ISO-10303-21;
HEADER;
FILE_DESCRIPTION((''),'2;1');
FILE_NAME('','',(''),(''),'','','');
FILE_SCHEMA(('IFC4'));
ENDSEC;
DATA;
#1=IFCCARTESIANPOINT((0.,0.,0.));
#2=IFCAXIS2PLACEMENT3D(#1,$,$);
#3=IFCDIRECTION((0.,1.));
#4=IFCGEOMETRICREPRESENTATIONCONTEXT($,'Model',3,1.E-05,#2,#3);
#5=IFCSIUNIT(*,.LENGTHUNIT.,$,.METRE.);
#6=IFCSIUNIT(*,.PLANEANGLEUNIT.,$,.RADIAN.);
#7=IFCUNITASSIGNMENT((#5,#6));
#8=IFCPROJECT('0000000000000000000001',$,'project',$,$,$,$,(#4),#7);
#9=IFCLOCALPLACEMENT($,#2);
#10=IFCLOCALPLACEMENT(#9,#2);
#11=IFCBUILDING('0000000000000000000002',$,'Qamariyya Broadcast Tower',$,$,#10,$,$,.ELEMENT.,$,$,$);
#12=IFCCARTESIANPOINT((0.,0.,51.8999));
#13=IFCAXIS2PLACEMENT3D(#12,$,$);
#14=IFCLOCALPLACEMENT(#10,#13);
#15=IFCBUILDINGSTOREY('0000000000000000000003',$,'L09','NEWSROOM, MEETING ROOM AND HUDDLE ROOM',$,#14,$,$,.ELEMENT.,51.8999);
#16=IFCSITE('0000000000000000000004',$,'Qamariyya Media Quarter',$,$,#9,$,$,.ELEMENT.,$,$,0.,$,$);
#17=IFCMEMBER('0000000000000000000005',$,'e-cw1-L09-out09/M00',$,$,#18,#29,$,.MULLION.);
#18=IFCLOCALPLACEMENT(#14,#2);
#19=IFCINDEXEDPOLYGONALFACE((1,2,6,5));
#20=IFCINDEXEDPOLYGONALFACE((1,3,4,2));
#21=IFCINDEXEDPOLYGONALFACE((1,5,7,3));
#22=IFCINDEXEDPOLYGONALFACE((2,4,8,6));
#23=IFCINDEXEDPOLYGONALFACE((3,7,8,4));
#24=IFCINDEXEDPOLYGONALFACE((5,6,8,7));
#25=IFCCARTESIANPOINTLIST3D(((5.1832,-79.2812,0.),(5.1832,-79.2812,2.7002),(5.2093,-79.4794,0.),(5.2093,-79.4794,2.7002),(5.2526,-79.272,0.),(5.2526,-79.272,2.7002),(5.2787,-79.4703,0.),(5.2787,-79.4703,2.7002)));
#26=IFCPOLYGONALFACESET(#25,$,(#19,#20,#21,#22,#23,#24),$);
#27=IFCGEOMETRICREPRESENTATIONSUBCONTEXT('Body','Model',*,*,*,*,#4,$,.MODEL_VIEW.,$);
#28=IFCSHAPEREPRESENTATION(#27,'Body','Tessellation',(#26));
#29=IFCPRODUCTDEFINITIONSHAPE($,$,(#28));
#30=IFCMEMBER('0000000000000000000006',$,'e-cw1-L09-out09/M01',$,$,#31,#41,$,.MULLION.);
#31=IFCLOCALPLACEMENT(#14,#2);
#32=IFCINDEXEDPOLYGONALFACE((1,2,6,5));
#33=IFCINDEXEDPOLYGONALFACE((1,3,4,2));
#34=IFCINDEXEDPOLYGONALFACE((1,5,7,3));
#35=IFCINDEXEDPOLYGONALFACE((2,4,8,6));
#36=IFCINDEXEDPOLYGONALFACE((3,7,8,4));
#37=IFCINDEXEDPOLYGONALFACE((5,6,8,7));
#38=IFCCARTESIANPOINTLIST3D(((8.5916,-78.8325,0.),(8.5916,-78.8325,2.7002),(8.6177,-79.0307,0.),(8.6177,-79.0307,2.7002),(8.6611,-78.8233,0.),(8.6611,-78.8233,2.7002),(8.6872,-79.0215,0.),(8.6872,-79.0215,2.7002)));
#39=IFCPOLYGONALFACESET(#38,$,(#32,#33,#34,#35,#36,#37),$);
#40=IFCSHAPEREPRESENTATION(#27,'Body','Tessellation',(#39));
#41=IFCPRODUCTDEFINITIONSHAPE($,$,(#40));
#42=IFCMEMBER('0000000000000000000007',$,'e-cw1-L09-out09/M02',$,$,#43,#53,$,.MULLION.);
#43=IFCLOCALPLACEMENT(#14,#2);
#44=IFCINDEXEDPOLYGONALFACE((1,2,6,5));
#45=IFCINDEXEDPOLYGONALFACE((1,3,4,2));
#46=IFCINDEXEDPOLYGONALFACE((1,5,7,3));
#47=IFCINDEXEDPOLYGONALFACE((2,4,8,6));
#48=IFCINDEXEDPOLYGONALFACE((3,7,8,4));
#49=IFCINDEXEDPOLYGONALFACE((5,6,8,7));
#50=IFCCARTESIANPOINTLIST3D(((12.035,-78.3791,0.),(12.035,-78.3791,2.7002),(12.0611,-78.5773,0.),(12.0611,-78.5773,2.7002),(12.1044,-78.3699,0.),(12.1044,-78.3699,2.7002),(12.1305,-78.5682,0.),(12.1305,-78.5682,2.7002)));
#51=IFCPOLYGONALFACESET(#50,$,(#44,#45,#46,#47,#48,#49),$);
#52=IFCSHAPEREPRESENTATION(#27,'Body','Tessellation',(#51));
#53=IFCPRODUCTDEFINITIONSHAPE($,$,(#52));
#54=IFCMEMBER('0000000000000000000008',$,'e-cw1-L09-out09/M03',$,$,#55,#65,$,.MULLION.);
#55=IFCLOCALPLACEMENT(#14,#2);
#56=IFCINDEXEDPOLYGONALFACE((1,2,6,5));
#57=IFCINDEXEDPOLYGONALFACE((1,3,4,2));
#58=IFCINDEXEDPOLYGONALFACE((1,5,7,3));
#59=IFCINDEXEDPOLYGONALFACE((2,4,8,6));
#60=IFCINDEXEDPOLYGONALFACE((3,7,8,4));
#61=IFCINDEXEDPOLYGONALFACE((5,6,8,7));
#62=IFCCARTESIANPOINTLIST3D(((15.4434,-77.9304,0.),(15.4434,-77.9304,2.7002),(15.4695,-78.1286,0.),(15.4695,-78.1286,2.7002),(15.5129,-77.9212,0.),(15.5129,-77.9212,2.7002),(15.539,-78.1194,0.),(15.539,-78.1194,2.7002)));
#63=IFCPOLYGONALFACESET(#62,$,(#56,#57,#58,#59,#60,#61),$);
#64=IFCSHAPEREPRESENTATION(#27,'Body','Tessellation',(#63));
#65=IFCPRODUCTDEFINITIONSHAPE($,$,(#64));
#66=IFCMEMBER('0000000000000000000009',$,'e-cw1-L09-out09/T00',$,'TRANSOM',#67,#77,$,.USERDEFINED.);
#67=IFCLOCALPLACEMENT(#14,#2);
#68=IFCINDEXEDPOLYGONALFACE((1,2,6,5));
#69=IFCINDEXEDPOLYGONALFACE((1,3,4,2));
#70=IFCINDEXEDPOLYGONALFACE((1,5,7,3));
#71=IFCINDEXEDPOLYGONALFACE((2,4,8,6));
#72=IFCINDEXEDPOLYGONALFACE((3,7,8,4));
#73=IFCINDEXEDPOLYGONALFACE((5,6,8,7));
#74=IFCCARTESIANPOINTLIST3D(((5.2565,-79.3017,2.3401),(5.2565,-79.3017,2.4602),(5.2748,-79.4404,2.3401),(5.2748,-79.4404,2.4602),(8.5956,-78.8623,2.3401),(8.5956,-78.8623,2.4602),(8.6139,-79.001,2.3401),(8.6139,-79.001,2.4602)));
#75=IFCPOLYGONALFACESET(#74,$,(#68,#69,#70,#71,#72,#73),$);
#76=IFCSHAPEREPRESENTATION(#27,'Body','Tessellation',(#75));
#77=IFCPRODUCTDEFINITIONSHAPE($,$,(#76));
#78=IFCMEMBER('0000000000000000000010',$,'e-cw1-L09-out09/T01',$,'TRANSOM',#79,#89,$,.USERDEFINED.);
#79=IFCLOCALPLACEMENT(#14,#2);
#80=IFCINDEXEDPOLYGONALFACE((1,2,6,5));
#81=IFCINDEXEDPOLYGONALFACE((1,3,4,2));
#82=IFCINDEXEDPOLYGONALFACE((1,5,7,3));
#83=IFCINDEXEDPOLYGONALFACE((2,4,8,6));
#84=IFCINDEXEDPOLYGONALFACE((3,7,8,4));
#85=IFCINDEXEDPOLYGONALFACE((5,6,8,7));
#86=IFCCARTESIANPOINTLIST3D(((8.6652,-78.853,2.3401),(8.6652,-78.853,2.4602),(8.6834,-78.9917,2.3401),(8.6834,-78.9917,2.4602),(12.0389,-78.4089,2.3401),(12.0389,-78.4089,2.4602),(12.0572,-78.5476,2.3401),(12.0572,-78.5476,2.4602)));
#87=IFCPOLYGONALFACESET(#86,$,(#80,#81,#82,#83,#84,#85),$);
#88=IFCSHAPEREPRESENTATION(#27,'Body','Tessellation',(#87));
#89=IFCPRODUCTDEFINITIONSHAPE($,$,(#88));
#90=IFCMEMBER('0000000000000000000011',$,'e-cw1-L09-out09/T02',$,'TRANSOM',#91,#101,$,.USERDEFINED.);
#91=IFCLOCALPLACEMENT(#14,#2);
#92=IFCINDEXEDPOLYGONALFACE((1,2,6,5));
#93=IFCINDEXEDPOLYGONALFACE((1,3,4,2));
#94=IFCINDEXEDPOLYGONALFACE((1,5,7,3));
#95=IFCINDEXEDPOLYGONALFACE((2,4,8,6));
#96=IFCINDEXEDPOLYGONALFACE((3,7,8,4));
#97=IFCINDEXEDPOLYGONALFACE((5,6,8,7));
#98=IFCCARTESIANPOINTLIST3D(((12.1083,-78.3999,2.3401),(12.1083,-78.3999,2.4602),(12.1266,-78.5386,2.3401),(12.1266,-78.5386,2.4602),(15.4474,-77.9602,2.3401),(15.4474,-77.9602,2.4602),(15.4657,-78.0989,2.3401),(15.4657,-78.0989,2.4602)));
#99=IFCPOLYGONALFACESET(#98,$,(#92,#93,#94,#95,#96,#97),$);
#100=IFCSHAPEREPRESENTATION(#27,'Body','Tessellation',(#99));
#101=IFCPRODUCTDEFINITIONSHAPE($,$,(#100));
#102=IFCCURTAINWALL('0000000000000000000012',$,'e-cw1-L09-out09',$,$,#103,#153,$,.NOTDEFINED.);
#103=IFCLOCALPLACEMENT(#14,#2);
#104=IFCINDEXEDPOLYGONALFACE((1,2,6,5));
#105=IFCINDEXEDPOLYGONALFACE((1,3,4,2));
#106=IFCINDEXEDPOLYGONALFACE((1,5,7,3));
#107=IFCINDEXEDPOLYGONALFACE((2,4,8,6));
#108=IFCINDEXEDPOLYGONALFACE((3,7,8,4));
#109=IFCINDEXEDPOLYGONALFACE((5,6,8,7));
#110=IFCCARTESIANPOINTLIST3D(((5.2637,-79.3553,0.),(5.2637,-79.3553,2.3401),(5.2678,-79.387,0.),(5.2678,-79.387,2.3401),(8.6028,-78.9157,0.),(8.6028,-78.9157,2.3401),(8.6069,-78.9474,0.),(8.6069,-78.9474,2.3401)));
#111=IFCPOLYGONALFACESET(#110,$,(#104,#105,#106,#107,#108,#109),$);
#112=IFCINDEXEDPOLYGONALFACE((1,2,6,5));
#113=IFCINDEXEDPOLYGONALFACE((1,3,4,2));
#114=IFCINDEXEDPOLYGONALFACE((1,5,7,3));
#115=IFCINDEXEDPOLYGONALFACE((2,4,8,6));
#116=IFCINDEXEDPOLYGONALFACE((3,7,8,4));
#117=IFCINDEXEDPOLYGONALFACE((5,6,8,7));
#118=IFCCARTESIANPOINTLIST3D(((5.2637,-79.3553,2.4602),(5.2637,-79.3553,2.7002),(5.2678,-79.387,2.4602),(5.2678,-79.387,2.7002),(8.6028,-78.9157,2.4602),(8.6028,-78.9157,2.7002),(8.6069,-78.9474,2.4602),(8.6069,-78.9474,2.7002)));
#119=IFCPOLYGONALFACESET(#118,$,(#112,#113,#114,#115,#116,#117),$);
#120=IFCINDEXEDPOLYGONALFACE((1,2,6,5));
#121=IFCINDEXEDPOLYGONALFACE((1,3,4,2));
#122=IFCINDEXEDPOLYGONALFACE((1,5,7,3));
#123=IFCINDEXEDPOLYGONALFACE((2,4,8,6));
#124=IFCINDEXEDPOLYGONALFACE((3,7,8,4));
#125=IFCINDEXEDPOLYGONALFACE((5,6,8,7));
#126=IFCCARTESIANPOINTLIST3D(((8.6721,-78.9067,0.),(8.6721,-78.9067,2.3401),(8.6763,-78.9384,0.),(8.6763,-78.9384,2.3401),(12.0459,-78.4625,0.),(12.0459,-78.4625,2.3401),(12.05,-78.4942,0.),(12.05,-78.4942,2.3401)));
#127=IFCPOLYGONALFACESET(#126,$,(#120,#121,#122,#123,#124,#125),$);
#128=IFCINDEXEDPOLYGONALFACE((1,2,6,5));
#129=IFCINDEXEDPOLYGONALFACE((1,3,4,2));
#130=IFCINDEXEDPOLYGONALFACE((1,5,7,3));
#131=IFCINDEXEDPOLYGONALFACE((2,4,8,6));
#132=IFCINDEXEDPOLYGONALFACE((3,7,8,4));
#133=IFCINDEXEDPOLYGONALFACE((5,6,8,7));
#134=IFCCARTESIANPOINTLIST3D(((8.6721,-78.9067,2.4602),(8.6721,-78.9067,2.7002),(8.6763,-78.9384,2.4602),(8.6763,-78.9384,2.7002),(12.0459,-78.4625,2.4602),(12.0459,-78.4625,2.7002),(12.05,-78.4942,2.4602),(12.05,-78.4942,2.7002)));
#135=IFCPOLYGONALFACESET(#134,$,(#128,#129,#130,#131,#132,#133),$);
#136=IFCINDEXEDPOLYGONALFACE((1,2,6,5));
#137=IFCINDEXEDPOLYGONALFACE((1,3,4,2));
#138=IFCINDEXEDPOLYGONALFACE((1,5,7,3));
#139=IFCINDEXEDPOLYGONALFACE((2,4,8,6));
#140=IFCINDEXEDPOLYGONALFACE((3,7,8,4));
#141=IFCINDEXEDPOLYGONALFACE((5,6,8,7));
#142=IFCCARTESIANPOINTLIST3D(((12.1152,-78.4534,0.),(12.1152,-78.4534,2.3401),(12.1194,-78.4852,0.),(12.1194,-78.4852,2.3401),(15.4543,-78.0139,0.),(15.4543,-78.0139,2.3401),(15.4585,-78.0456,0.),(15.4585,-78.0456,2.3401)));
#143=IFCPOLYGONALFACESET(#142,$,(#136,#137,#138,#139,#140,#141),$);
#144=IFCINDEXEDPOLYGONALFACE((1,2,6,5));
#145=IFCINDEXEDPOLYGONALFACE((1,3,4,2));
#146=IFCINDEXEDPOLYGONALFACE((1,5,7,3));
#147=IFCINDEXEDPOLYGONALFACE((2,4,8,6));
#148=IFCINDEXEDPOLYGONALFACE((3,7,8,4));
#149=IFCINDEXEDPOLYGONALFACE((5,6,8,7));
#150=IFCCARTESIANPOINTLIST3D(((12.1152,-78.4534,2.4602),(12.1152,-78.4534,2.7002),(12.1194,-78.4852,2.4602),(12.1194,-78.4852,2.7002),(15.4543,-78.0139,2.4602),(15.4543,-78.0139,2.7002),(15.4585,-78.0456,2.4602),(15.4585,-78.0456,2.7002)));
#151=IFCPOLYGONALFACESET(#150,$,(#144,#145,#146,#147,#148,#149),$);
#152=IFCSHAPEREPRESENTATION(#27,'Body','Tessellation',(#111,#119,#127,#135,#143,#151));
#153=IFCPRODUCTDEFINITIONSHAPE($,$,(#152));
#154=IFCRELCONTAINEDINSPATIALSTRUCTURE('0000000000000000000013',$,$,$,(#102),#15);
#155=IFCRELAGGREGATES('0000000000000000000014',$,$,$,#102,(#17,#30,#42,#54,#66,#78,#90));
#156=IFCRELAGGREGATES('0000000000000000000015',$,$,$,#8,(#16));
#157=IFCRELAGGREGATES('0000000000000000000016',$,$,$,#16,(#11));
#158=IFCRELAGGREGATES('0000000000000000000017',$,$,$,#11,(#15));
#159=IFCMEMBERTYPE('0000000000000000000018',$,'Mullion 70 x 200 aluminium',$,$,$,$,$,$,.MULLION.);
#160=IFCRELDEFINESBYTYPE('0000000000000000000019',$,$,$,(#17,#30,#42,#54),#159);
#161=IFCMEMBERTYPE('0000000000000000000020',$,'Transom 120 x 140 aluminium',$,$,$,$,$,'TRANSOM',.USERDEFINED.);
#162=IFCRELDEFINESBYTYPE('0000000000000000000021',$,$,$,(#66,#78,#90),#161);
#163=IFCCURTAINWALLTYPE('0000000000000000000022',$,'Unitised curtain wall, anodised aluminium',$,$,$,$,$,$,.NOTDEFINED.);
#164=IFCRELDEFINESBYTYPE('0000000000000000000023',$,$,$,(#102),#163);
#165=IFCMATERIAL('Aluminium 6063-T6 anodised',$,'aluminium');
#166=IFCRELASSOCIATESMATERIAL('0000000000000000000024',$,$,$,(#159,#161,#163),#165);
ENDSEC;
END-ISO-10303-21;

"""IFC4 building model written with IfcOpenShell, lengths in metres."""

from ifc_helpers import new_model, si_unit, direction, frame, origin, origin_2d, place, context, subcontext, project, spatial, rectangle, extrude, material, material_profile, profile_set, type_object, element, aggregate, save


model = new_model("IFC4")

# Units and contexts
model_context = context("Model", 3, precision=1e-05, world=origin(), true_north=direction((0.0, 1.0)))
body_context = subcontext(model_context, "Body", "Model", "MODEL_VIEW")
ifc_project = project(units=[si_unit("LENGTHUNIT", "METRE"), si_unit("PLANEANGLEUNIT", "RADIAN")], contexts=[model_context])

# Members
ifc_material = material(Name="Aluminium 6063-T6 anodised", Category="aluminium")
ifc_material_profile_1 = material_profile(ifc_material, rectangle(XDim=0.2, YDim=0.0701, at=origin_2d()))
ifc_profile_set_1 = profile_set([ifc_material_profile_1], Name="Aluminium 6063-T6 anodised")
member_type_1 = type_object("IfcMemberType", Name="Mullion 70 x 200 aluminium", PredefinedType="MULLION", material=ifc_profile_set_1)
site_placement = place(None, origin())
building_placement = place(site_placement, origin())
storey_placement = place(building_placement, frame((0.0, 0.0, 51.8999)))
member_1_placement = place(storey_placement, frame((5.231, -79.3757, 0.0), z_axis=(0.0, 0.0, 1.0), x_axis=(-0.130526, 0.991445, 0.0)))
member_1 = element("IfcMember", 1, at=member_1_placement, type_object=member_type_1, Name="e-cw1-L09-out09/M00", PredefinedType="MULLION", context=body_context, shape_type="SweptSolid", body=[
    extrude(rectangle(XDim=0.2, YDim=0.0701, at=origin_2d()), origin(), (0.0, 0.0, 1.0), 2.7002),
])
member_2_placement = place(storey_placement, frame((8.6394, -78.927, 0.0), z_axis=(0.0, 0.0, 1.0), x_axis=(-0.130526, 0.991445, 0.0)))
member_2 = element("IfcMember", 2, at=member_2_placement, type_object=member_type_1, Name="e-cw1-L09-out09/M01", PredefinedType="MULLION", context=body_context, shape_type="SweptSolid", body=[
    extrude(rectangle(XDim=0.2, YDim=0.0701, at=origin_2d()), origin(), (0.0, 0.0, 1.0), 2.7002),
])
member_3_placement = place(storey_placement, frame((12.0828, -78.4736, 0.0), z_axis=(0.0, 0.0, 1.0), x_axis=(-0.130526, 0.991445, 0.0)))
member_3 = element("IfcMember", 3, at=member_3_placement, type_object=member_type_1, Name="e-cw1-L09-out09/M02", PredefinedType="MULLION", context=body_context, shape_type="SweptSolid", body=[
    extrude(rectangle(XDim=0.2, YDim=0.0701, at=origin_2d()), origin(), (0.0, 0.0, 1.0), 2.7002),
])
member_4_placement = place(storey_placement, frame((15.4912, -78.0249, 0.0), z_axis=(0.0, 0.0, 1.0), x_axis=(-0.130526, 0.991445, 0.0)))
member_4 = element("IfcMember", 4, at=member_4_placement, type_object=member_type_1, Name="e-cw1-L09-out09/M03", PredefinedType="MULLION", context=body_context, shape_type="SweptSolid", body=[
    extrude(rectangle(XDim=0.2, YDim=0.0701, at=origin_2d()), origin(), (0.0, 0.0, 1.0), 2.7002),
])
ifc_material_profile_2 = material_profile(ifc_material, rectangle(XDim=0.1399, YDim=0.1201, at=origin_2d()))
ifc_profile_set_2 = profile_set([ifc_material_profile_2], Name="Aluminium 6063-T6 anodised")
member_type_2 = type_object("IfcMemberType", Name="Transom 120 x 140 aluminium", ElementType="TRANSOM", PredefinedType="USERDEFINED", material=ifc_profile_set_2)
member_5_placement = place(storey_placement, frame((5.2656, -79.3711, 2.4001), z_axis=(0.991451, 0.130483, 0.0), x_axis=(-0.130483, 0.991451, 0.0)))
member_5 = element("IfcMember", 5, at=member_5_placement, type_object=member_type_2, Name="e-cw1-L09-out09/T00", ObjectType="TRANSOM", PredefinedType="USERDEFINED", context=body_context, shape_type="SweptSolid", body=[
    extrude(rectangle(XDim=0.1399, YDim=0.1201, at=origin_2d()), origin(), (0.0, 0.0, 1.0), 3.3679),
])
member_6_placement = place(storey_placement, frame((8.6743, -78.9224, 2.4001), z_axis=(0.991448, 0.130505, 0.0), x_axis=(-0.130505, 0.991448, 0.0)))
member_6 = element("IfcMember", 6, at=member_6_placement, type_object=member_type_2, Name="e-cw1-L09-out09/T01", ObjectType="TRANSOM", PredefinedType="USERDEFINED", context=body_context, shape_type="SweptSolid", body=[
    extrude(rectangle(XDim=0.1399, YDim=0.1201, at=origin_2d()), origin(), (0.0, 0.0, 1.0), 3.4028),
])
member_7_placement = place(storey_placement, frame((12.1174, -78.4692, 2.4001), z_axis=(0.991441, 0.130554, 0.0), x_axis=(-0.130554, 0.991441, 0.0)))
member_7 = element("IfcMember", 7, at=member_7_placement, type_object=member_type_2, Name="e-cw1-L09-out09/T02", ObjectType="TRANSOM", PredefinedType="USERDEFINED", context=body_context, shape_type="SweptSolid", body=[
    extrude(rectangle(XDim=0.1399, YDim=0.1201, at=origin_2d()), origin(), (0.0, 0.0, 1.0), 3.3679),
])

# Site, building, storey
site = spatial("IfcSite", under=ifc_project, at=site_placement, Name="Qamariyya Media Quarter", CompositionType="ELEMENT", RefElevation=0.0)
building = spatial("IfcBuilding", under=site, at=building_placement, Name="Qamariyya Broadcast Tower", CompositionType="ELEMENT")
storey = spatial("IfcBuildingStorey", under=building, at=storey_placement, Name="L09", Description="NEWSROOM, MEETING ROOM AND HUDDLE ROOM", CompositionType="ELEMENT", Elevation=51.8999)

# Curtain wall
curtain_wall_type = type_object("IfcCurtainWallType", Name="Unitised curtain wall, anodised aluminium", PredefinedType="NOTDEFINED", material=ifc_material)
curtain_wall_1_placement = place(storey_placement, origin())
curtain_wall_1 = element("IfcCurtainWall", 8, at=curtain_wall_1_placement, inside=storey, type_object=curtain_wall_type, Name="e-cw1-L09-out09", PredefinedType="NOTDEFINED", context=body_context, shape_type="SweptSolid", body=[
    extrude(rectangle(XDim=3.3679, YDim=0.032, at=origin_2d()), frame((6.9353, -79.1514, 0.0), x_axis=(0.991446, 0.130521, 0.0)), (0.0, 0.0, 1.0), 2.3401),
    extrude(rectangle(XDim=3.3679, YDim=0.032, at=origin_2d()), frame((6.9353, -79.1514, 2.4602), x_axis=(0.991446, 0.130521, 0.0)), (0.0, 0.0, 1.0), 0.24),
    extrude(rectangle(XDim=3.4028, YDim=0.032, at=origin_2d()), frame((10.3611, -78.7004, 0.0), x_axis=(0.991446, 0.130521, 0.0)), (0.0, 0.0, 1.0), 2.3401),
    extrude(rectangle(XDim=3.4028, YDim=0.032, at=origin_2d()), frame((10.3611, -78.7004, 2.4602), x_axis=(0.991446, 0.130521, 0.0)), (0.0, 0.0, 1.0), 0.24),
    extrude(rectangle(XDim=3.3679, YDim=0.032, at=origin_2d()), frame((13.7869, -78.2495, 0.0), x_axis=(0.991446, 0.130521, 0.0)), (0.0, 0.0, 1.0), 2.3401),
    extrude(rectangle(XDim=3.3679, YDim=0.032, at=origin_2d()), frame((13.7869, -78.2495, 2.4602), x_axis=(0.991446, 0.130521, 0.0)), (0.0, 0.0, 1.0), 0.24),
])
aggregate(curtain_wall_1, [member_1, member_2, member_3, member_4, member_5, member_6, member_7])

save(model, "model.ifc")
